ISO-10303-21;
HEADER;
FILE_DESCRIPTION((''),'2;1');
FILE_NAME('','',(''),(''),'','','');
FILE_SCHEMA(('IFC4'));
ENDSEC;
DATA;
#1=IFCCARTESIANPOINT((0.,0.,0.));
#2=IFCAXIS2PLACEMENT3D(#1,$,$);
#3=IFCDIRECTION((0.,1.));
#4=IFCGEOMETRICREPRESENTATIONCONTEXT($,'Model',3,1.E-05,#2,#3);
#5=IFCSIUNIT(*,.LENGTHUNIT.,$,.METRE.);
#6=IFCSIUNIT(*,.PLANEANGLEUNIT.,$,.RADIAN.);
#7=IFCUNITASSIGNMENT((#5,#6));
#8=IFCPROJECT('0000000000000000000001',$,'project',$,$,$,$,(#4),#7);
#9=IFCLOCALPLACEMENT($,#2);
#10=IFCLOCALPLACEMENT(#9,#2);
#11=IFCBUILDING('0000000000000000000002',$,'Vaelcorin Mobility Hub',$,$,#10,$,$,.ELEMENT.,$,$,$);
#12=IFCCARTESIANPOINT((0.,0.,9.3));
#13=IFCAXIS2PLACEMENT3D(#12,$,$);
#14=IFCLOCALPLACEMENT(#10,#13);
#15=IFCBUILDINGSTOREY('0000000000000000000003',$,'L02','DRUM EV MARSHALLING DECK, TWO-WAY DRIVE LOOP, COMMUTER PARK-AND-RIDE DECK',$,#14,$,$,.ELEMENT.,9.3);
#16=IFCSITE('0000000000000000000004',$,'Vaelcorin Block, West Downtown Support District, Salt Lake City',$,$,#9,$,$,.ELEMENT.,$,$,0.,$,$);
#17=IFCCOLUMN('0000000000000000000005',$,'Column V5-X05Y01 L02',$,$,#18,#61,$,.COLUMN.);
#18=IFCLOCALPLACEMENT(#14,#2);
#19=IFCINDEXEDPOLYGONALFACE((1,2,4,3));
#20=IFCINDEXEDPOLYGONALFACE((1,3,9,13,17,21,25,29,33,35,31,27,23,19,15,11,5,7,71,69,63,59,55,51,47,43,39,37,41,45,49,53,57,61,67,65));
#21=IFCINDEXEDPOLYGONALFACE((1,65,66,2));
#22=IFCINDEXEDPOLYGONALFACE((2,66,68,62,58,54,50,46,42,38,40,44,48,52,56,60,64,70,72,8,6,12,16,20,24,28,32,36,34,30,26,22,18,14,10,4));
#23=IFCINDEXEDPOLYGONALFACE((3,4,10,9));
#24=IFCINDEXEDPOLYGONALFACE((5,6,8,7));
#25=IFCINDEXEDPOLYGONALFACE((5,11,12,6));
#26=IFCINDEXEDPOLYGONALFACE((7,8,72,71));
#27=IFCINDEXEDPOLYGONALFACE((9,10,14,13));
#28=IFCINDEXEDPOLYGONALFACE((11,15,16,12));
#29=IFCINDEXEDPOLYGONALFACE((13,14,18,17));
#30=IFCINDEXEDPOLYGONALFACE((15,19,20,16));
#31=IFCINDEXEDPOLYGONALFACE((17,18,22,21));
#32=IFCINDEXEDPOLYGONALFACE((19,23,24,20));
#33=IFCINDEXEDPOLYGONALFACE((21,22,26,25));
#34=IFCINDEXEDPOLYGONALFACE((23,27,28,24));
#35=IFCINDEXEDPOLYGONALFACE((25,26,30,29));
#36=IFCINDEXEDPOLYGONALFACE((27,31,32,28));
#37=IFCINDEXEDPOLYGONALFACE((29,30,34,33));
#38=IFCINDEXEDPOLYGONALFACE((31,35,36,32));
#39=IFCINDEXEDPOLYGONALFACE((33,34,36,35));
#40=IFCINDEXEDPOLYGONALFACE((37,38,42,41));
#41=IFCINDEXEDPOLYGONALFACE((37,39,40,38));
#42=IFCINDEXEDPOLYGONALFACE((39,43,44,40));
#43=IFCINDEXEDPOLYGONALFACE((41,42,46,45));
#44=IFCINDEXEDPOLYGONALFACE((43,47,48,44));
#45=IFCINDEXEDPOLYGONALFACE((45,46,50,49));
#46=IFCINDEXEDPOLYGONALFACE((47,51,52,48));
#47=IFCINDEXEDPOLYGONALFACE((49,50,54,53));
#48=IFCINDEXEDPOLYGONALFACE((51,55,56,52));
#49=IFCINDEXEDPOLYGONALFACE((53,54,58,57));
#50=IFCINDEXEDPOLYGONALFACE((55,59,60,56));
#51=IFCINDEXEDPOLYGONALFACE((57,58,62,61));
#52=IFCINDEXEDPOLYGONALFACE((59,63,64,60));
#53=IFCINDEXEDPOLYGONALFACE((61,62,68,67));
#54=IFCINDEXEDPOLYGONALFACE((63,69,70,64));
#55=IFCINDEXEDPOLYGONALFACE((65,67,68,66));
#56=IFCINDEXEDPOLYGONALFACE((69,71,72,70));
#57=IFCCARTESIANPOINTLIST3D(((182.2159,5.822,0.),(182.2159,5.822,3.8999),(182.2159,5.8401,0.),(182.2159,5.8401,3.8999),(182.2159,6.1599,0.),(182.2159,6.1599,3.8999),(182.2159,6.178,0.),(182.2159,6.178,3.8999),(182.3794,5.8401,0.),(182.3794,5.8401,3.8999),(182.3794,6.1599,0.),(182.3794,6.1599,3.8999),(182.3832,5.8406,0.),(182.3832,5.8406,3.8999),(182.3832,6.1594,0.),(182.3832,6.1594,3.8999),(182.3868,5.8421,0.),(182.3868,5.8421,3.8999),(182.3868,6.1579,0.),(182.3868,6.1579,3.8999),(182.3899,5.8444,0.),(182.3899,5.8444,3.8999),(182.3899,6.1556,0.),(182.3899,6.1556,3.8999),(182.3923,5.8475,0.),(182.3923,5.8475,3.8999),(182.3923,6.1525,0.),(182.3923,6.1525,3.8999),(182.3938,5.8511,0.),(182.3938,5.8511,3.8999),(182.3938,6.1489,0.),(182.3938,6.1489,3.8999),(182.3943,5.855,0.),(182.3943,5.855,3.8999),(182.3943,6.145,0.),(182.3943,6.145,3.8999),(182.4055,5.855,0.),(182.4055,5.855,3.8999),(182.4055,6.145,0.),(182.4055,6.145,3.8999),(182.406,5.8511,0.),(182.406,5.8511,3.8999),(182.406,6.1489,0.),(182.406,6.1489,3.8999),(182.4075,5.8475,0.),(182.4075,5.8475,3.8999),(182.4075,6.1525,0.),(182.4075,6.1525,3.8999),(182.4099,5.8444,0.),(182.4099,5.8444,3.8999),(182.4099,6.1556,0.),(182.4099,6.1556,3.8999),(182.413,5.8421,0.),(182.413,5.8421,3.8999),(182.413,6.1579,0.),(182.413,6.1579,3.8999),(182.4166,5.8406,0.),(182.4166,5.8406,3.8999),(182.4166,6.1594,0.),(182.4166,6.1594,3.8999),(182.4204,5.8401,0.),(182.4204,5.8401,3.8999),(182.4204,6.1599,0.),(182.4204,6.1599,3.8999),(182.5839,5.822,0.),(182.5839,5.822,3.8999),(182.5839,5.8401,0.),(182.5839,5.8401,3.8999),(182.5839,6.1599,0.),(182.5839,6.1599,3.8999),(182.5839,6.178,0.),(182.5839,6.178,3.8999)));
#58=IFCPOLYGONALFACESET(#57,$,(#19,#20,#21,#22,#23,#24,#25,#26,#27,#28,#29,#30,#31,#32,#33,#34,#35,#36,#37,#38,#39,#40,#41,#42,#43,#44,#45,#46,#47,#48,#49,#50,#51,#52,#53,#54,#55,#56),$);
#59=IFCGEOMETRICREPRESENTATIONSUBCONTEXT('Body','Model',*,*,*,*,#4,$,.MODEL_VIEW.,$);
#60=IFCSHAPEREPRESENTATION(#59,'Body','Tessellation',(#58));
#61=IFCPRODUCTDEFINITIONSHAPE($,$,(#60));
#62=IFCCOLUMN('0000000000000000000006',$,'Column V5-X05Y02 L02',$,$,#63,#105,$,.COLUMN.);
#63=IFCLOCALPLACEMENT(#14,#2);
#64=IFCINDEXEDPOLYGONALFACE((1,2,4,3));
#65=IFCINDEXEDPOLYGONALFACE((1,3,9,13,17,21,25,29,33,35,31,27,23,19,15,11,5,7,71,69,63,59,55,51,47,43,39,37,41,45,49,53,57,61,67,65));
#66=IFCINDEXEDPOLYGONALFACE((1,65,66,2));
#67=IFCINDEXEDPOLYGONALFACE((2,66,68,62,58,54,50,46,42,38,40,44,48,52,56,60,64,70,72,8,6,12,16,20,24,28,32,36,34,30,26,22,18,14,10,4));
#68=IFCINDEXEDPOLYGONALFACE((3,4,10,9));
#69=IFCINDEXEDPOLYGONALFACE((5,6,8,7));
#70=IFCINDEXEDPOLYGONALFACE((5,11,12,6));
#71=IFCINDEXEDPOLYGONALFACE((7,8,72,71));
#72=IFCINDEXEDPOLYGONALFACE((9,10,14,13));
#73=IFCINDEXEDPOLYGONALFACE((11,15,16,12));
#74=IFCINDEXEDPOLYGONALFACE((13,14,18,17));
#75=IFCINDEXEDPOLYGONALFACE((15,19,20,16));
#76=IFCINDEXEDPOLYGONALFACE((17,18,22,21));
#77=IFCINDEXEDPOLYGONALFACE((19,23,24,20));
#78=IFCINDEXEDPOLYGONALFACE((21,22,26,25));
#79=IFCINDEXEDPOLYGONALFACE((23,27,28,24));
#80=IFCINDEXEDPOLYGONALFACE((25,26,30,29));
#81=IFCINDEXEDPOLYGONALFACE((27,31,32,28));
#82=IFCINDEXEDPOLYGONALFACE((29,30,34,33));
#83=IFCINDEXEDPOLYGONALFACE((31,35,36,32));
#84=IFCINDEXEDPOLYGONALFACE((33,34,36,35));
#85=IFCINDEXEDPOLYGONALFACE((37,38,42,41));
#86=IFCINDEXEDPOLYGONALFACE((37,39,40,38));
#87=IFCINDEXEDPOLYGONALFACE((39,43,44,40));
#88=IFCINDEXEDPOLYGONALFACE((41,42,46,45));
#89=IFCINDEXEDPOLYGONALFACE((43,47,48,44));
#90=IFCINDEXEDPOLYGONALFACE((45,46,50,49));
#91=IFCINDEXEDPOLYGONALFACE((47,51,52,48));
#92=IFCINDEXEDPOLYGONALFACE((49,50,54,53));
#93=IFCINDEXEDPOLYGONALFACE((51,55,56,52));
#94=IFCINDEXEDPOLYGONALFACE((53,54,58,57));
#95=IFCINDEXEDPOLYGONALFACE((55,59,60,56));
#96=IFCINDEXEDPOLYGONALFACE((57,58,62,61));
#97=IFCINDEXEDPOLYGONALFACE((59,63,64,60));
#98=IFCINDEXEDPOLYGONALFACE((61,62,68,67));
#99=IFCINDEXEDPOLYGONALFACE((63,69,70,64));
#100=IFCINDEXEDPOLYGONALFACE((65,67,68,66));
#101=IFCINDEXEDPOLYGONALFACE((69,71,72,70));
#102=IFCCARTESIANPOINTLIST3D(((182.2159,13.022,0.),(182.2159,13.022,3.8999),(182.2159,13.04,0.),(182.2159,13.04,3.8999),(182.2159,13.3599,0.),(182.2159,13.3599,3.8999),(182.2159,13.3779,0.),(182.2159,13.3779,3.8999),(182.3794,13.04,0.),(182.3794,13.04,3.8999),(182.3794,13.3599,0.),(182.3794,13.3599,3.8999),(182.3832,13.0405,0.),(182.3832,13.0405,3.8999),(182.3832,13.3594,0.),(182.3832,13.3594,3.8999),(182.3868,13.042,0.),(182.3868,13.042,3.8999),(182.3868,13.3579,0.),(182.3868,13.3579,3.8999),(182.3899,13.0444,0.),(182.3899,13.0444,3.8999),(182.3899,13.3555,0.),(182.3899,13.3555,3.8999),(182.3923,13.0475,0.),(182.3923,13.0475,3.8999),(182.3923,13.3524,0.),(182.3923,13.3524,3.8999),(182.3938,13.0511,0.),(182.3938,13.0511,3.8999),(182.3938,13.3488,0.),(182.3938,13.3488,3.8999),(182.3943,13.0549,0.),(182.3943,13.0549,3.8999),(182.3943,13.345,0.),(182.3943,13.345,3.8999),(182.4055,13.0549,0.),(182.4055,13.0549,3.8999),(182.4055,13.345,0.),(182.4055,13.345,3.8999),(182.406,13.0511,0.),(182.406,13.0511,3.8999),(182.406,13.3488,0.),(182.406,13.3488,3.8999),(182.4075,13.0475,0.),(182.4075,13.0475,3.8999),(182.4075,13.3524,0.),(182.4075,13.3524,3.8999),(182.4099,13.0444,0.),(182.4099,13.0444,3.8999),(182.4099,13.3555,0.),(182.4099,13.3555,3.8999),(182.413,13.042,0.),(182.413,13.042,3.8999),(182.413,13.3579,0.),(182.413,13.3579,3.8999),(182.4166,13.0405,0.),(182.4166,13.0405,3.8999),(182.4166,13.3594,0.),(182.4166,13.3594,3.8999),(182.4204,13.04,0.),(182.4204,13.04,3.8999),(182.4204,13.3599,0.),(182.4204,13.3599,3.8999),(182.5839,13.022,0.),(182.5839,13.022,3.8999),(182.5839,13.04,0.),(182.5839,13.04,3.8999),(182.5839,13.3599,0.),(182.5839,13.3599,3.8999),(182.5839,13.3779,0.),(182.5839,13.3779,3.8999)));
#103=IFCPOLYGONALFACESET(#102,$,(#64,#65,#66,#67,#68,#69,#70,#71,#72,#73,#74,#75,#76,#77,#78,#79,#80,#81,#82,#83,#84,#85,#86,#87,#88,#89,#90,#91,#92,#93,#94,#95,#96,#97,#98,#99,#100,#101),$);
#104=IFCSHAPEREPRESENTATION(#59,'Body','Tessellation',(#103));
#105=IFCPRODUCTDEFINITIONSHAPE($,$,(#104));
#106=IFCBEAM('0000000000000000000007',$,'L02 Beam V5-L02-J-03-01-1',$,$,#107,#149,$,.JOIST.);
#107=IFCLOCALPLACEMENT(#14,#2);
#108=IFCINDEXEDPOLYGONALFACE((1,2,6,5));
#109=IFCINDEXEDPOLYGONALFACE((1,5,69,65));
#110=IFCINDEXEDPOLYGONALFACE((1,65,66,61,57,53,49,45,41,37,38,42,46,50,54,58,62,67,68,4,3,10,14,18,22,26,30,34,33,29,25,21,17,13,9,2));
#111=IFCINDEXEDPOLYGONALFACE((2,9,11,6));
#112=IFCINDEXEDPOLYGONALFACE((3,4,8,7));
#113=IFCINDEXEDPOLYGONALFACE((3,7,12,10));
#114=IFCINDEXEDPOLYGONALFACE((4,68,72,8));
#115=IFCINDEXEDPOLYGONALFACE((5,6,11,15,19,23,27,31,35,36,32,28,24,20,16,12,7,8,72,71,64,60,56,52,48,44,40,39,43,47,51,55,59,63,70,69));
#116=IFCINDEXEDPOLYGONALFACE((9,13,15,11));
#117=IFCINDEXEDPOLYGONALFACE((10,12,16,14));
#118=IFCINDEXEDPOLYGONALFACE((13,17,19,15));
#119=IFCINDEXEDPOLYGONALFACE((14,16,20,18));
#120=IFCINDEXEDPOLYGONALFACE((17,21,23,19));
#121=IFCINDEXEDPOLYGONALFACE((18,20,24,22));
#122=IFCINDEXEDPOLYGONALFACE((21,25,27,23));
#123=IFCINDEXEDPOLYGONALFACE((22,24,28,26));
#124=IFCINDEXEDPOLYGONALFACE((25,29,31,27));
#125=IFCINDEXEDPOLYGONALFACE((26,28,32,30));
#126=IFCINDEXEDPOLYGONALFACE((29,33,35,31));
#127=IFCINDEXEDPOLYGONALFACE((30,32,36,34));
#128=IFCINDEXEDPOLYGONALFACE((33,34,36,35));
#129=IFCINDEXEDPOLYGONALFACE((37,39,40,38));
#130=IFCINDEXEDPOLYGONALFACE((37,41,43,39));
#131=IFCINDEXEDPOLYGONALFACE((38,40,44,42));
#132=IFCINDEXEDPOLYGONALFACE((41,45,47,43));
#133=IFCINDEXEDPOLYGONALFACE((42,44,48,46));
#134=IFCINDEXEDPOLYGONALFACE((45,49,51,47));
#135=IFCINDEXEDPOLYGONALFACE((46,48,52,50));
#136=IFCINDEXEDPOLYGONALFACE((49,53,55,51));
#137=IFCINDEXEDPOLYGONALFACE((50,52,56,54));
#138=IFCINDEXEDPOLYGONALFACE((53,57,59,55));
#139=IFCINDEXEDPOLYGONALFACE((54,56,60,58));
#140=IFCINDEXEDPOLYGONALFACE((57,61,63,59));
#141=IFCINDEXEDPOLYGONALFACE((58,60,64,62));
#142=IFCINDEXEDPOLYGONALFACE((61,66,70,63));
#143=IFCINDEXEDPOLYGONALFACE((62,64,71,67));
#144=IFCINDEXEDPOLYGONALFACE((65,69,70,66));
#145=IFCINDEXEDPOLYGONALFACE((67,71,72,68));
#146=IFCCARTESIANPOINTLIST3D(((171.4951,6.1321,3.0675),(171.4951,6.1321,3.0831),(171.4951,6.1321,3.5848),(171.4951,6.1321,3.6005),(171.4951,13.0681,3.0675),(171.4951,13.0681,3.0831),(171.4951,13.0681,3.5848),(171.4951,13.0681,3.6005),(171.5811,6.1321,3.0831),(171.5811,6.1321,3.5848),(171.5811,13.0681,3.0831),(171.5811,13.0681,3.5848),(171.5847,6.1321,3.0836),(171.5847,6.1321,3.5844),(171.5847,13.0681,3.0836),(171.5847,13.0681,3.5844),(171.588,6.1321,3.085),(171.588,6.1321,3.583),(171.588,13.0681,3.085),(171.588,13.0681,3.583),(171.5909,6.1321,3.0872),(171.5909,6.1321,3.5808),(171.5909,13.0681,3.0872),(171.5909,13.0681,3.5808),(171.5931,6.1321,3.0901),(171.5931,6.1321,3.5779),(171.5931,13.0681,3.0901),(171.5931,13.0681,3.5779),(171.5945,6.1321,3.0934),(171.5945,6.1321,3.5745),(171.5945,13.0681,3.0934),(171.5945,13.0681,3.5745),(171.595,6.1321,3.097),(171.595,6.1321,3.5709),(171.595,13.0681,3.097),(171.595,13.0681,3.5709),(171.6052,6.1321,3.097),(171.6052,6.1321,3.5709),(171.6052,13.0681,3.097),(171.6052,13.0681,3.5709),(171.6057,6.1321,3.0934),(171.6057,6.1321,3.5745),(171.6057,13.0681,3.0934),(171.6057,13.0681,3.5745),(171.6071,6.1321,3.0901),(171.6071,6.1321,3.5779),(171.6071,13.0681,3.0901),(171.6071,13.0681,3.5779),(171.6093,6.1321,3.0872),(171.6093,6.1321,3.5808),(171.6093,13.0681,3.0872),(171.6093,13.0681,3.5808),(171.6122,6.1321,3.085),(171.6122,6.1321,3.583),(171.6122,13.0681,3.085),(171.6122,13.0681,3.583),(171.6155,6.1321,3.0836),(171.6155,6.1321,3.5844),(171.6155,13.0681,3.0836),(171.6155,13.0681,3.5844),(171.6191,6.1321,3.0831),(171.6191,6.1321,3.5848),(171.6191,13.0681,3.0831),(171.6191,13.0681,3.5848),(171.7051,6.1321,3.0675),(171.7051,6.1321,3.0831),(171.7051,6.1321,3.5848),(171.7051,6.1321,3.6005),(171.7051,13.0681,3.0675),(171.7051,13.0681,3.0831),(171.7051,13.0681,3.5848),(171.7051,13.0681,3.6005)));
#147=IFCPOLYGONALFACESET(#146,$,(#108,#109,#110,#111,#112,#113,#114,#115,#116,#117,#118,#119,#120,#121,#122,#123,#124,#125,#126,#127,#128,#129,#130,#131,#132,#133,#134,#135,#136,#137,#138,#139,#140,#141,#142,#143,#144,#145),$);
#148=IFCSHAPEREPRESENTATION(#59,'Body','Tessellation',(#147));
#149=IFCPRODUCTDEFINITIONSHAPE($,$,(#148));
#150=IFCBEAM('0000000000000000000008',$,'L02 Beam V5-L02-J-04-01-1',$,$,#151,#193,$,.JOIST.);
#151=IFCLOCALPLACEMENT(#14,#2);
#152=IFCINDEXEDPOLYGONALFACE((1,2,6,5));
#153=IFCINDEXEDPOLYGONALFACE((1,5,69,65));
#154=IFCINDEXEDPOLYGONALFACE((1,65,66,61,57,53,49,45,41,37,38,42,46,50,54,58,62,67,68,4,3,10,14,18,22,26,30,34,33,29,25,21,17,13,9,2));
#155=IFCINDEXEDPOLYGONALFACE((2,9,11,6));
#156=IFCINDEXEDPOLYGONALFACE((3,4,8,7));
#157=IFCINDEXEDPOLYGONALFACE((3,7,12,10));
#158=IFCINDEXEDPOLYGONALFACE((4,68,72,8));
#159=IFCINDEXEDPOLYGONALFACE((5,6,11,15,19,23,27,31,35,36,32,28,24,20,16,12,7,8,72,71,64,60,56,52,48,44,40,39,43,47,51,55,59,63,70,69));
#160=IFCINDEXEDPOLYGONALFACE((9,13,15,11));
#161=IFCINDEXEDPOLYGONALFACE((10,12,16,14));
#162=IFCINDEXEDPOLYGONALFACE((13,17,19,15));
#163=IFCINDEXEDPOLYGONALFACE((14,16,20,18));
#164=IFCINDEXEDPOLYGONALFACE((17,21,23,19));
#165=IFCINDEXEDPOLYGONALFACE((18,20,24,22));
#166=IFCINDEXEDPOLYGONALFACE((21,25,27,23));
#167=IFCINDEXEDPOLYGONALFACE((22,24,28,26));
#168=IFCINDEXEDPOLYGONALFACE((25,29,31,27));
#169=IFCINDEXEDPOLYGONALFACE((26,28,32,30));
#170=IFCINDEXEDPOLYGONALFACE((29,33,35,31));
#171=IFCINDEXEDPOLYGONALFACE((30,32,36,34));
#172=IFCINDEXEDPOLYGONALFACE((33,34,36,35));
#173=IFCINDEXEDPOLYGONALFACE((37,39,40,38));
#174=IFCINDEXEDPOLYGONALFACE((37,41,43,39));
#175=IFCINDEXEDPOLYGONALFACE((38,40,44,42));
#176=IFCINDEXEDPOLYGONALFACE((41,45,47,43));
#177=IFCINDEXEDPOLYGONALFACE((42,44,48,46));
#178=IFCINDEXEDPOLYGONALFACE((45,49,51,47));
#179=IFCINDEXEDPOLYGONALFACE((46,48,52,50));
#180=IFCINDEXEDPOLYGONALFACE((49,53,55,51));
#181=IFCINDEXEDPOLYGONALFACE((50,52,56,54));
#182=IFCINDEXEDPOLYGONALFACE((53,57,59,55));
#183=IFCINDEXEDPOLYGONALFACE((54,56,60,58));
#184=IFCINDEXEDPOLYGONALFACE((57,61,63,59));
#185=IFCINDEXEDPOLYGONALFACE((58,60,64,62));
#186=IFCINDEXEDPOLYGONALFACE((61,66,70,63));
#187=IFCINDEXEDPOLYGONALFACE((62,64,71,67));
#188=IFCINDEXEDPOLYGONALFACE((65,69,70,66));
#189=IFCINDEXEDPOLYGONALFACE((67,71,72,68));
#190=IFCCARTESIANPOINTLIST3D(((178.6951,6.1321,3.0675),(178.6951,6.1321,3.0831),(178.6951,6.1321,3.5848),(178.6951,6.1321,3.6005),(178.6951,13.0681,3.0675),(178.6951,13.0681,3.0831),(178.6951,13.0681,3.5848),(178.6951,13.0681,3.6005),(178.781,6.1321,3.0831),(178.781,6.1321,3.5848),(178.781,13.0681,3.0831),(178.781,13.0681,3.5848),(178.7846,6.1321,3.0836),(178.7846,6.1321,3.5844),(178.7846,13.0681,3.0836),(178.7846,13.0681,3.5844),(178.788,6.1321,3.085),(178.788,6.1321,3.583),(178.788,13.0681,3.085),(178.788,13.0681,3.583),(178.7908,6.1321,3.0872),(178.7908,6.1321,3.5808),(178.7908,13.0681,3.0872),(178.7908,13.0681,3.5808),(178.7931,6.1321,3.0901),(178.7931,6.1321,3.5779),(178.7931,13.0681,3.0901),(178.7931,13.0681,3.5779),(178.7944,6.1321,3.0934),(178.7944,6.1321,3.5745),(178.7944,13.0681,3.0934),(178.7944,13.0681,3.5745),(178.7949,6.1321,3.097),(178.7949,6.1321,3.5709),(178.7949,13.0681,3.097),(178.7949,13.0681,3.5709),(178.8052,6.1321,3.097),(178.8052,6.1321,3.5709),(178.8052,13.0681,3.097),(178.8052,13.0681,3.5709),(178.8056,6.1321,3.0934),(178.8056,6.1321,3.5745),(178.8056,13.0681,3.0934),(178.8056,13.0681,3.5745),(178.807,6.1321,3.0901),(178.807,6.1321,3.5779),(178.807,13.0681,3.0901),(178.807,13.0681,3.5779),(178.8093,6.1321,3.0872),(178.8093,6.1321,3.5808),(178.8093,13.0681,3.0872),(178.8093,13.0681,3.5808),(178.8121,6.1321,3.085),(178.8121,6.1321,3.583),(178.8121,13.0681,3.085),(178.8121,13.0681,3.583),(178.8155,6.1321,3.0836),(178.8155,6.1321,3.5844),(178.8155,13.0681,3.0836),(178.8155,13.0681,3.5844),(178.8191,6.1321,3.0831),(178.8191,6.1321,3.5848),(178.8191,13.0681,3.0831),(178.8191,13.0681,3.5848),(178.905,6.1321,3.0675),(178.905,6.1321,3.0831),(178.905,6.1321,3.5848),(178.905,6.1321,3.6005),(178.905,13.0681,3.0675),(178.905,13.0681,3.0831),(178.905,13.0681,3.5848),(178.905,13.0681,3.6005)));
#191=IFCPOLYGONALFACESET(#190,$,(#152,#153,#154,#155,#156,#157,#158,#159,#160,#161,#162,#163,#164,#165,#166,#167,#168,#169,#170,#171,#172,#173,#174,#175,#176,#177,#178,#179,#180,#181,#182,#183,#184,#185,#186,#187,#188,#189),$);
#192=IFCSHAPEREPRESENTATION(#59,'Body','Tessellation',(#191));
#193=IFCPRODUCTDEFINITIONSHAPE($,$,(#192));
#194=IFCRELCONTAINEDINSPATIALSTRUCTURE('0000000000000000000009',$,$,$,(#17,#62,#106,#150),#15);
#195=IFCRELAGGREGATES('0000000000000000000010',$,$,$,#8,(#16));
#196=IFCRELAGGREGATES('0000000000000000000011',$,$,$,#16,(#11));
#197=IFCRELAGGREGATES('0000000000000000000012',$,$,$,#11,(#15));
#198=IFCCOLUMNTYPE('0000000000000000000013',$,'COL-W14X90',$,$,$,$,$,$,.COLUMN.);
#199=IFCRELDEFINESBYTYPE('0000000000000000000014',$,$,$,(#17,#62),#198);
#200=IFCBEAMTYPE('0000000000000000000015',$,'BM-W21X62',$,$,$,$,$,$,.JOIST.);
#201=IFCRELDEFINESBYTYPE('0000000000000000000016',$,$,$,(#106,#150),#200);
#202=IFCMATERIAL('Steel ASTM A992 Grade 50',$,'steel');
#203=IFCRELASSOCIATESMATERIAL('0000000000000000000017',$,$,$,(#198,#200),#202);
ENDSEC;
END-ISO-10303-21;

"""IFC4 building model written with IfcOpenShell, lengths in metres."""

from ifc_helpers import new_model, si_unit, direction, frame, origin, origin_2d, place, context, subcontext, project, spatial, i_section, extrude, material, material_profile, profile_set, type_object, element, save


model = new_model("IFC4")

# Units and contexts
model_context = context("Model", 3, precision=1e-05, world=origin(), true_north=direction((0.0, 1.0)))
body_context = subcontext(model_context, "Body", "Model", "MODEL_VIEW")
ifc_project = project(units=[si_unit("LENGTHUNIT", "METRE"), si_unit("PLANEANGLEUNIT", "RADIAN")], contexts=[model_context])

# Site, building, storey
site_placement = place(None, origin())
site = spatial("IfcSite", under=ifc_project, at=site_placement, Name="Vaelcorin Block, West Downtown Support District, Salt Lake City", CompositionType="ELEMENT", RefElevation=0.0)
building_placement = place(site_placement, origin())
building = spatial("IfcBuilding", under=site, at=building_placement, Name="Vaelcorin Mobility Hub", CompositionType="ELEMENT")
storey_placement = place(building_placement, frame((0.0, 0.0, 9.3)))
storey = spatial("IfcBuildingStorey", under=building, at=storey_placement, Name="L02", Description="DRUM EV MARSHALLING DECK, TWO-WAY DRIVE LOOP, COMMUTER PARK-AND-RIDE DECK", CompositionType="ELEMENT", Elevation=9.3)

# Columns
ifc_material_1 = material(Name="Steel ASTM A992 Grade 50", Category="steel")
ifc_material_profile_1 = material_profile(ifc_material_1, i_section(OverallWidth=0.3679, OverallDepth=0.356, WebThickness=0.0112, FlangeThickness=0.0181, FilletRadius=0.0149, at=origin_2d()), Name="W14X90")
ifc_profile_set_1 = profile_set([ifc_material_profile_1], Name="Steel ASTM A992 Grade 50")
column_type = type_object("IfcColumnType", Name="COL-W14X90", PredefinedType="COLUMN", material=ifc_profile_set_1)
for number, where, z_axis, x_axis, name in (
    (1, (182.3999, 6.0, 0.0), (0.0, 0.0, 1.0), (1.0, 0.0, 0.0), "Column V5-X05Y01 L02"),
    (2, (182.3999, 13.2, 0.0), (0.0, 0.0, 1.0), (1.0, 0.0, 0.0), "Column V5-X05Y02 L02"),
):
    element("IfcColumn", number, at=place(storey_placement, frame(where, z_axis=z_axis, x_axis=x_axis)), inside=storey, type_object=column_type, Name=name, PredefinedType="COLUMN", context=body_context, shape_type="SweptSolid", body=[
        extrude(i_section(OverallWidth=0.3679, OverallDepth=0.356, WebThickness=0.0112, FlangeThickness=0.0181, FilletRadius=0.0149, at=origin_2d()), origin(), (0.0, 0.0, 1.0), 3.8999),
    ])

# Beams
ifc_material_profile_2 = material_profile(ifc_material_1, i_section(OverallWidth=0.21, OverallDepth=0.533, WebThickness=0.0103, FlangeThickness=0.0156, FilletRadius=0.0139, at=origin_2d()), Name="W21X62")
ifc_profile_set_2 = profile_set([ifc_material_profile_2], Name="Steel ASTM A992 Grade 50")
beam_type_1 = type_object("IfcBeamType", Name="BM-W21X62", PredefinedType="JOIST", material=ifc_profile_set_2)
for number, where, z_axis, x_axis, name in (
    (3, (171.6001, 6.1321, 3.334), (0.0, 1.0, 0.0), (-1.0, 0.0, 0.0), "L02 Beam V5-L02-J-03-01-1"),
    (4, (178.8, 6.1321, 3.334), (0.0, 1.0, 0.0), (-1.0, 0.0, 0.0), "L02 Beam V5-L02-J-04-01-1"),
):
    element("IfcBeam", number, at=place(storey_placement, frame(where, z_axis=z_axis, x_axis=x_axis)), inside=storey, type_object=beam_type_1, Name=name, PredefinedType="JOIST", context=body_context, shape_type="SweptSolid", body=[
        extrude(i_section(OverallWidth=0.21, OverallDepth=0.533, WebThickness=0.0103, FlangeThickness=0.0156, FilletRadius=0.0139, at=origin_2d()), origin(), (0.0, 0.0, 1.0), 6.936),
    ])

save(model, "model.ifc")
